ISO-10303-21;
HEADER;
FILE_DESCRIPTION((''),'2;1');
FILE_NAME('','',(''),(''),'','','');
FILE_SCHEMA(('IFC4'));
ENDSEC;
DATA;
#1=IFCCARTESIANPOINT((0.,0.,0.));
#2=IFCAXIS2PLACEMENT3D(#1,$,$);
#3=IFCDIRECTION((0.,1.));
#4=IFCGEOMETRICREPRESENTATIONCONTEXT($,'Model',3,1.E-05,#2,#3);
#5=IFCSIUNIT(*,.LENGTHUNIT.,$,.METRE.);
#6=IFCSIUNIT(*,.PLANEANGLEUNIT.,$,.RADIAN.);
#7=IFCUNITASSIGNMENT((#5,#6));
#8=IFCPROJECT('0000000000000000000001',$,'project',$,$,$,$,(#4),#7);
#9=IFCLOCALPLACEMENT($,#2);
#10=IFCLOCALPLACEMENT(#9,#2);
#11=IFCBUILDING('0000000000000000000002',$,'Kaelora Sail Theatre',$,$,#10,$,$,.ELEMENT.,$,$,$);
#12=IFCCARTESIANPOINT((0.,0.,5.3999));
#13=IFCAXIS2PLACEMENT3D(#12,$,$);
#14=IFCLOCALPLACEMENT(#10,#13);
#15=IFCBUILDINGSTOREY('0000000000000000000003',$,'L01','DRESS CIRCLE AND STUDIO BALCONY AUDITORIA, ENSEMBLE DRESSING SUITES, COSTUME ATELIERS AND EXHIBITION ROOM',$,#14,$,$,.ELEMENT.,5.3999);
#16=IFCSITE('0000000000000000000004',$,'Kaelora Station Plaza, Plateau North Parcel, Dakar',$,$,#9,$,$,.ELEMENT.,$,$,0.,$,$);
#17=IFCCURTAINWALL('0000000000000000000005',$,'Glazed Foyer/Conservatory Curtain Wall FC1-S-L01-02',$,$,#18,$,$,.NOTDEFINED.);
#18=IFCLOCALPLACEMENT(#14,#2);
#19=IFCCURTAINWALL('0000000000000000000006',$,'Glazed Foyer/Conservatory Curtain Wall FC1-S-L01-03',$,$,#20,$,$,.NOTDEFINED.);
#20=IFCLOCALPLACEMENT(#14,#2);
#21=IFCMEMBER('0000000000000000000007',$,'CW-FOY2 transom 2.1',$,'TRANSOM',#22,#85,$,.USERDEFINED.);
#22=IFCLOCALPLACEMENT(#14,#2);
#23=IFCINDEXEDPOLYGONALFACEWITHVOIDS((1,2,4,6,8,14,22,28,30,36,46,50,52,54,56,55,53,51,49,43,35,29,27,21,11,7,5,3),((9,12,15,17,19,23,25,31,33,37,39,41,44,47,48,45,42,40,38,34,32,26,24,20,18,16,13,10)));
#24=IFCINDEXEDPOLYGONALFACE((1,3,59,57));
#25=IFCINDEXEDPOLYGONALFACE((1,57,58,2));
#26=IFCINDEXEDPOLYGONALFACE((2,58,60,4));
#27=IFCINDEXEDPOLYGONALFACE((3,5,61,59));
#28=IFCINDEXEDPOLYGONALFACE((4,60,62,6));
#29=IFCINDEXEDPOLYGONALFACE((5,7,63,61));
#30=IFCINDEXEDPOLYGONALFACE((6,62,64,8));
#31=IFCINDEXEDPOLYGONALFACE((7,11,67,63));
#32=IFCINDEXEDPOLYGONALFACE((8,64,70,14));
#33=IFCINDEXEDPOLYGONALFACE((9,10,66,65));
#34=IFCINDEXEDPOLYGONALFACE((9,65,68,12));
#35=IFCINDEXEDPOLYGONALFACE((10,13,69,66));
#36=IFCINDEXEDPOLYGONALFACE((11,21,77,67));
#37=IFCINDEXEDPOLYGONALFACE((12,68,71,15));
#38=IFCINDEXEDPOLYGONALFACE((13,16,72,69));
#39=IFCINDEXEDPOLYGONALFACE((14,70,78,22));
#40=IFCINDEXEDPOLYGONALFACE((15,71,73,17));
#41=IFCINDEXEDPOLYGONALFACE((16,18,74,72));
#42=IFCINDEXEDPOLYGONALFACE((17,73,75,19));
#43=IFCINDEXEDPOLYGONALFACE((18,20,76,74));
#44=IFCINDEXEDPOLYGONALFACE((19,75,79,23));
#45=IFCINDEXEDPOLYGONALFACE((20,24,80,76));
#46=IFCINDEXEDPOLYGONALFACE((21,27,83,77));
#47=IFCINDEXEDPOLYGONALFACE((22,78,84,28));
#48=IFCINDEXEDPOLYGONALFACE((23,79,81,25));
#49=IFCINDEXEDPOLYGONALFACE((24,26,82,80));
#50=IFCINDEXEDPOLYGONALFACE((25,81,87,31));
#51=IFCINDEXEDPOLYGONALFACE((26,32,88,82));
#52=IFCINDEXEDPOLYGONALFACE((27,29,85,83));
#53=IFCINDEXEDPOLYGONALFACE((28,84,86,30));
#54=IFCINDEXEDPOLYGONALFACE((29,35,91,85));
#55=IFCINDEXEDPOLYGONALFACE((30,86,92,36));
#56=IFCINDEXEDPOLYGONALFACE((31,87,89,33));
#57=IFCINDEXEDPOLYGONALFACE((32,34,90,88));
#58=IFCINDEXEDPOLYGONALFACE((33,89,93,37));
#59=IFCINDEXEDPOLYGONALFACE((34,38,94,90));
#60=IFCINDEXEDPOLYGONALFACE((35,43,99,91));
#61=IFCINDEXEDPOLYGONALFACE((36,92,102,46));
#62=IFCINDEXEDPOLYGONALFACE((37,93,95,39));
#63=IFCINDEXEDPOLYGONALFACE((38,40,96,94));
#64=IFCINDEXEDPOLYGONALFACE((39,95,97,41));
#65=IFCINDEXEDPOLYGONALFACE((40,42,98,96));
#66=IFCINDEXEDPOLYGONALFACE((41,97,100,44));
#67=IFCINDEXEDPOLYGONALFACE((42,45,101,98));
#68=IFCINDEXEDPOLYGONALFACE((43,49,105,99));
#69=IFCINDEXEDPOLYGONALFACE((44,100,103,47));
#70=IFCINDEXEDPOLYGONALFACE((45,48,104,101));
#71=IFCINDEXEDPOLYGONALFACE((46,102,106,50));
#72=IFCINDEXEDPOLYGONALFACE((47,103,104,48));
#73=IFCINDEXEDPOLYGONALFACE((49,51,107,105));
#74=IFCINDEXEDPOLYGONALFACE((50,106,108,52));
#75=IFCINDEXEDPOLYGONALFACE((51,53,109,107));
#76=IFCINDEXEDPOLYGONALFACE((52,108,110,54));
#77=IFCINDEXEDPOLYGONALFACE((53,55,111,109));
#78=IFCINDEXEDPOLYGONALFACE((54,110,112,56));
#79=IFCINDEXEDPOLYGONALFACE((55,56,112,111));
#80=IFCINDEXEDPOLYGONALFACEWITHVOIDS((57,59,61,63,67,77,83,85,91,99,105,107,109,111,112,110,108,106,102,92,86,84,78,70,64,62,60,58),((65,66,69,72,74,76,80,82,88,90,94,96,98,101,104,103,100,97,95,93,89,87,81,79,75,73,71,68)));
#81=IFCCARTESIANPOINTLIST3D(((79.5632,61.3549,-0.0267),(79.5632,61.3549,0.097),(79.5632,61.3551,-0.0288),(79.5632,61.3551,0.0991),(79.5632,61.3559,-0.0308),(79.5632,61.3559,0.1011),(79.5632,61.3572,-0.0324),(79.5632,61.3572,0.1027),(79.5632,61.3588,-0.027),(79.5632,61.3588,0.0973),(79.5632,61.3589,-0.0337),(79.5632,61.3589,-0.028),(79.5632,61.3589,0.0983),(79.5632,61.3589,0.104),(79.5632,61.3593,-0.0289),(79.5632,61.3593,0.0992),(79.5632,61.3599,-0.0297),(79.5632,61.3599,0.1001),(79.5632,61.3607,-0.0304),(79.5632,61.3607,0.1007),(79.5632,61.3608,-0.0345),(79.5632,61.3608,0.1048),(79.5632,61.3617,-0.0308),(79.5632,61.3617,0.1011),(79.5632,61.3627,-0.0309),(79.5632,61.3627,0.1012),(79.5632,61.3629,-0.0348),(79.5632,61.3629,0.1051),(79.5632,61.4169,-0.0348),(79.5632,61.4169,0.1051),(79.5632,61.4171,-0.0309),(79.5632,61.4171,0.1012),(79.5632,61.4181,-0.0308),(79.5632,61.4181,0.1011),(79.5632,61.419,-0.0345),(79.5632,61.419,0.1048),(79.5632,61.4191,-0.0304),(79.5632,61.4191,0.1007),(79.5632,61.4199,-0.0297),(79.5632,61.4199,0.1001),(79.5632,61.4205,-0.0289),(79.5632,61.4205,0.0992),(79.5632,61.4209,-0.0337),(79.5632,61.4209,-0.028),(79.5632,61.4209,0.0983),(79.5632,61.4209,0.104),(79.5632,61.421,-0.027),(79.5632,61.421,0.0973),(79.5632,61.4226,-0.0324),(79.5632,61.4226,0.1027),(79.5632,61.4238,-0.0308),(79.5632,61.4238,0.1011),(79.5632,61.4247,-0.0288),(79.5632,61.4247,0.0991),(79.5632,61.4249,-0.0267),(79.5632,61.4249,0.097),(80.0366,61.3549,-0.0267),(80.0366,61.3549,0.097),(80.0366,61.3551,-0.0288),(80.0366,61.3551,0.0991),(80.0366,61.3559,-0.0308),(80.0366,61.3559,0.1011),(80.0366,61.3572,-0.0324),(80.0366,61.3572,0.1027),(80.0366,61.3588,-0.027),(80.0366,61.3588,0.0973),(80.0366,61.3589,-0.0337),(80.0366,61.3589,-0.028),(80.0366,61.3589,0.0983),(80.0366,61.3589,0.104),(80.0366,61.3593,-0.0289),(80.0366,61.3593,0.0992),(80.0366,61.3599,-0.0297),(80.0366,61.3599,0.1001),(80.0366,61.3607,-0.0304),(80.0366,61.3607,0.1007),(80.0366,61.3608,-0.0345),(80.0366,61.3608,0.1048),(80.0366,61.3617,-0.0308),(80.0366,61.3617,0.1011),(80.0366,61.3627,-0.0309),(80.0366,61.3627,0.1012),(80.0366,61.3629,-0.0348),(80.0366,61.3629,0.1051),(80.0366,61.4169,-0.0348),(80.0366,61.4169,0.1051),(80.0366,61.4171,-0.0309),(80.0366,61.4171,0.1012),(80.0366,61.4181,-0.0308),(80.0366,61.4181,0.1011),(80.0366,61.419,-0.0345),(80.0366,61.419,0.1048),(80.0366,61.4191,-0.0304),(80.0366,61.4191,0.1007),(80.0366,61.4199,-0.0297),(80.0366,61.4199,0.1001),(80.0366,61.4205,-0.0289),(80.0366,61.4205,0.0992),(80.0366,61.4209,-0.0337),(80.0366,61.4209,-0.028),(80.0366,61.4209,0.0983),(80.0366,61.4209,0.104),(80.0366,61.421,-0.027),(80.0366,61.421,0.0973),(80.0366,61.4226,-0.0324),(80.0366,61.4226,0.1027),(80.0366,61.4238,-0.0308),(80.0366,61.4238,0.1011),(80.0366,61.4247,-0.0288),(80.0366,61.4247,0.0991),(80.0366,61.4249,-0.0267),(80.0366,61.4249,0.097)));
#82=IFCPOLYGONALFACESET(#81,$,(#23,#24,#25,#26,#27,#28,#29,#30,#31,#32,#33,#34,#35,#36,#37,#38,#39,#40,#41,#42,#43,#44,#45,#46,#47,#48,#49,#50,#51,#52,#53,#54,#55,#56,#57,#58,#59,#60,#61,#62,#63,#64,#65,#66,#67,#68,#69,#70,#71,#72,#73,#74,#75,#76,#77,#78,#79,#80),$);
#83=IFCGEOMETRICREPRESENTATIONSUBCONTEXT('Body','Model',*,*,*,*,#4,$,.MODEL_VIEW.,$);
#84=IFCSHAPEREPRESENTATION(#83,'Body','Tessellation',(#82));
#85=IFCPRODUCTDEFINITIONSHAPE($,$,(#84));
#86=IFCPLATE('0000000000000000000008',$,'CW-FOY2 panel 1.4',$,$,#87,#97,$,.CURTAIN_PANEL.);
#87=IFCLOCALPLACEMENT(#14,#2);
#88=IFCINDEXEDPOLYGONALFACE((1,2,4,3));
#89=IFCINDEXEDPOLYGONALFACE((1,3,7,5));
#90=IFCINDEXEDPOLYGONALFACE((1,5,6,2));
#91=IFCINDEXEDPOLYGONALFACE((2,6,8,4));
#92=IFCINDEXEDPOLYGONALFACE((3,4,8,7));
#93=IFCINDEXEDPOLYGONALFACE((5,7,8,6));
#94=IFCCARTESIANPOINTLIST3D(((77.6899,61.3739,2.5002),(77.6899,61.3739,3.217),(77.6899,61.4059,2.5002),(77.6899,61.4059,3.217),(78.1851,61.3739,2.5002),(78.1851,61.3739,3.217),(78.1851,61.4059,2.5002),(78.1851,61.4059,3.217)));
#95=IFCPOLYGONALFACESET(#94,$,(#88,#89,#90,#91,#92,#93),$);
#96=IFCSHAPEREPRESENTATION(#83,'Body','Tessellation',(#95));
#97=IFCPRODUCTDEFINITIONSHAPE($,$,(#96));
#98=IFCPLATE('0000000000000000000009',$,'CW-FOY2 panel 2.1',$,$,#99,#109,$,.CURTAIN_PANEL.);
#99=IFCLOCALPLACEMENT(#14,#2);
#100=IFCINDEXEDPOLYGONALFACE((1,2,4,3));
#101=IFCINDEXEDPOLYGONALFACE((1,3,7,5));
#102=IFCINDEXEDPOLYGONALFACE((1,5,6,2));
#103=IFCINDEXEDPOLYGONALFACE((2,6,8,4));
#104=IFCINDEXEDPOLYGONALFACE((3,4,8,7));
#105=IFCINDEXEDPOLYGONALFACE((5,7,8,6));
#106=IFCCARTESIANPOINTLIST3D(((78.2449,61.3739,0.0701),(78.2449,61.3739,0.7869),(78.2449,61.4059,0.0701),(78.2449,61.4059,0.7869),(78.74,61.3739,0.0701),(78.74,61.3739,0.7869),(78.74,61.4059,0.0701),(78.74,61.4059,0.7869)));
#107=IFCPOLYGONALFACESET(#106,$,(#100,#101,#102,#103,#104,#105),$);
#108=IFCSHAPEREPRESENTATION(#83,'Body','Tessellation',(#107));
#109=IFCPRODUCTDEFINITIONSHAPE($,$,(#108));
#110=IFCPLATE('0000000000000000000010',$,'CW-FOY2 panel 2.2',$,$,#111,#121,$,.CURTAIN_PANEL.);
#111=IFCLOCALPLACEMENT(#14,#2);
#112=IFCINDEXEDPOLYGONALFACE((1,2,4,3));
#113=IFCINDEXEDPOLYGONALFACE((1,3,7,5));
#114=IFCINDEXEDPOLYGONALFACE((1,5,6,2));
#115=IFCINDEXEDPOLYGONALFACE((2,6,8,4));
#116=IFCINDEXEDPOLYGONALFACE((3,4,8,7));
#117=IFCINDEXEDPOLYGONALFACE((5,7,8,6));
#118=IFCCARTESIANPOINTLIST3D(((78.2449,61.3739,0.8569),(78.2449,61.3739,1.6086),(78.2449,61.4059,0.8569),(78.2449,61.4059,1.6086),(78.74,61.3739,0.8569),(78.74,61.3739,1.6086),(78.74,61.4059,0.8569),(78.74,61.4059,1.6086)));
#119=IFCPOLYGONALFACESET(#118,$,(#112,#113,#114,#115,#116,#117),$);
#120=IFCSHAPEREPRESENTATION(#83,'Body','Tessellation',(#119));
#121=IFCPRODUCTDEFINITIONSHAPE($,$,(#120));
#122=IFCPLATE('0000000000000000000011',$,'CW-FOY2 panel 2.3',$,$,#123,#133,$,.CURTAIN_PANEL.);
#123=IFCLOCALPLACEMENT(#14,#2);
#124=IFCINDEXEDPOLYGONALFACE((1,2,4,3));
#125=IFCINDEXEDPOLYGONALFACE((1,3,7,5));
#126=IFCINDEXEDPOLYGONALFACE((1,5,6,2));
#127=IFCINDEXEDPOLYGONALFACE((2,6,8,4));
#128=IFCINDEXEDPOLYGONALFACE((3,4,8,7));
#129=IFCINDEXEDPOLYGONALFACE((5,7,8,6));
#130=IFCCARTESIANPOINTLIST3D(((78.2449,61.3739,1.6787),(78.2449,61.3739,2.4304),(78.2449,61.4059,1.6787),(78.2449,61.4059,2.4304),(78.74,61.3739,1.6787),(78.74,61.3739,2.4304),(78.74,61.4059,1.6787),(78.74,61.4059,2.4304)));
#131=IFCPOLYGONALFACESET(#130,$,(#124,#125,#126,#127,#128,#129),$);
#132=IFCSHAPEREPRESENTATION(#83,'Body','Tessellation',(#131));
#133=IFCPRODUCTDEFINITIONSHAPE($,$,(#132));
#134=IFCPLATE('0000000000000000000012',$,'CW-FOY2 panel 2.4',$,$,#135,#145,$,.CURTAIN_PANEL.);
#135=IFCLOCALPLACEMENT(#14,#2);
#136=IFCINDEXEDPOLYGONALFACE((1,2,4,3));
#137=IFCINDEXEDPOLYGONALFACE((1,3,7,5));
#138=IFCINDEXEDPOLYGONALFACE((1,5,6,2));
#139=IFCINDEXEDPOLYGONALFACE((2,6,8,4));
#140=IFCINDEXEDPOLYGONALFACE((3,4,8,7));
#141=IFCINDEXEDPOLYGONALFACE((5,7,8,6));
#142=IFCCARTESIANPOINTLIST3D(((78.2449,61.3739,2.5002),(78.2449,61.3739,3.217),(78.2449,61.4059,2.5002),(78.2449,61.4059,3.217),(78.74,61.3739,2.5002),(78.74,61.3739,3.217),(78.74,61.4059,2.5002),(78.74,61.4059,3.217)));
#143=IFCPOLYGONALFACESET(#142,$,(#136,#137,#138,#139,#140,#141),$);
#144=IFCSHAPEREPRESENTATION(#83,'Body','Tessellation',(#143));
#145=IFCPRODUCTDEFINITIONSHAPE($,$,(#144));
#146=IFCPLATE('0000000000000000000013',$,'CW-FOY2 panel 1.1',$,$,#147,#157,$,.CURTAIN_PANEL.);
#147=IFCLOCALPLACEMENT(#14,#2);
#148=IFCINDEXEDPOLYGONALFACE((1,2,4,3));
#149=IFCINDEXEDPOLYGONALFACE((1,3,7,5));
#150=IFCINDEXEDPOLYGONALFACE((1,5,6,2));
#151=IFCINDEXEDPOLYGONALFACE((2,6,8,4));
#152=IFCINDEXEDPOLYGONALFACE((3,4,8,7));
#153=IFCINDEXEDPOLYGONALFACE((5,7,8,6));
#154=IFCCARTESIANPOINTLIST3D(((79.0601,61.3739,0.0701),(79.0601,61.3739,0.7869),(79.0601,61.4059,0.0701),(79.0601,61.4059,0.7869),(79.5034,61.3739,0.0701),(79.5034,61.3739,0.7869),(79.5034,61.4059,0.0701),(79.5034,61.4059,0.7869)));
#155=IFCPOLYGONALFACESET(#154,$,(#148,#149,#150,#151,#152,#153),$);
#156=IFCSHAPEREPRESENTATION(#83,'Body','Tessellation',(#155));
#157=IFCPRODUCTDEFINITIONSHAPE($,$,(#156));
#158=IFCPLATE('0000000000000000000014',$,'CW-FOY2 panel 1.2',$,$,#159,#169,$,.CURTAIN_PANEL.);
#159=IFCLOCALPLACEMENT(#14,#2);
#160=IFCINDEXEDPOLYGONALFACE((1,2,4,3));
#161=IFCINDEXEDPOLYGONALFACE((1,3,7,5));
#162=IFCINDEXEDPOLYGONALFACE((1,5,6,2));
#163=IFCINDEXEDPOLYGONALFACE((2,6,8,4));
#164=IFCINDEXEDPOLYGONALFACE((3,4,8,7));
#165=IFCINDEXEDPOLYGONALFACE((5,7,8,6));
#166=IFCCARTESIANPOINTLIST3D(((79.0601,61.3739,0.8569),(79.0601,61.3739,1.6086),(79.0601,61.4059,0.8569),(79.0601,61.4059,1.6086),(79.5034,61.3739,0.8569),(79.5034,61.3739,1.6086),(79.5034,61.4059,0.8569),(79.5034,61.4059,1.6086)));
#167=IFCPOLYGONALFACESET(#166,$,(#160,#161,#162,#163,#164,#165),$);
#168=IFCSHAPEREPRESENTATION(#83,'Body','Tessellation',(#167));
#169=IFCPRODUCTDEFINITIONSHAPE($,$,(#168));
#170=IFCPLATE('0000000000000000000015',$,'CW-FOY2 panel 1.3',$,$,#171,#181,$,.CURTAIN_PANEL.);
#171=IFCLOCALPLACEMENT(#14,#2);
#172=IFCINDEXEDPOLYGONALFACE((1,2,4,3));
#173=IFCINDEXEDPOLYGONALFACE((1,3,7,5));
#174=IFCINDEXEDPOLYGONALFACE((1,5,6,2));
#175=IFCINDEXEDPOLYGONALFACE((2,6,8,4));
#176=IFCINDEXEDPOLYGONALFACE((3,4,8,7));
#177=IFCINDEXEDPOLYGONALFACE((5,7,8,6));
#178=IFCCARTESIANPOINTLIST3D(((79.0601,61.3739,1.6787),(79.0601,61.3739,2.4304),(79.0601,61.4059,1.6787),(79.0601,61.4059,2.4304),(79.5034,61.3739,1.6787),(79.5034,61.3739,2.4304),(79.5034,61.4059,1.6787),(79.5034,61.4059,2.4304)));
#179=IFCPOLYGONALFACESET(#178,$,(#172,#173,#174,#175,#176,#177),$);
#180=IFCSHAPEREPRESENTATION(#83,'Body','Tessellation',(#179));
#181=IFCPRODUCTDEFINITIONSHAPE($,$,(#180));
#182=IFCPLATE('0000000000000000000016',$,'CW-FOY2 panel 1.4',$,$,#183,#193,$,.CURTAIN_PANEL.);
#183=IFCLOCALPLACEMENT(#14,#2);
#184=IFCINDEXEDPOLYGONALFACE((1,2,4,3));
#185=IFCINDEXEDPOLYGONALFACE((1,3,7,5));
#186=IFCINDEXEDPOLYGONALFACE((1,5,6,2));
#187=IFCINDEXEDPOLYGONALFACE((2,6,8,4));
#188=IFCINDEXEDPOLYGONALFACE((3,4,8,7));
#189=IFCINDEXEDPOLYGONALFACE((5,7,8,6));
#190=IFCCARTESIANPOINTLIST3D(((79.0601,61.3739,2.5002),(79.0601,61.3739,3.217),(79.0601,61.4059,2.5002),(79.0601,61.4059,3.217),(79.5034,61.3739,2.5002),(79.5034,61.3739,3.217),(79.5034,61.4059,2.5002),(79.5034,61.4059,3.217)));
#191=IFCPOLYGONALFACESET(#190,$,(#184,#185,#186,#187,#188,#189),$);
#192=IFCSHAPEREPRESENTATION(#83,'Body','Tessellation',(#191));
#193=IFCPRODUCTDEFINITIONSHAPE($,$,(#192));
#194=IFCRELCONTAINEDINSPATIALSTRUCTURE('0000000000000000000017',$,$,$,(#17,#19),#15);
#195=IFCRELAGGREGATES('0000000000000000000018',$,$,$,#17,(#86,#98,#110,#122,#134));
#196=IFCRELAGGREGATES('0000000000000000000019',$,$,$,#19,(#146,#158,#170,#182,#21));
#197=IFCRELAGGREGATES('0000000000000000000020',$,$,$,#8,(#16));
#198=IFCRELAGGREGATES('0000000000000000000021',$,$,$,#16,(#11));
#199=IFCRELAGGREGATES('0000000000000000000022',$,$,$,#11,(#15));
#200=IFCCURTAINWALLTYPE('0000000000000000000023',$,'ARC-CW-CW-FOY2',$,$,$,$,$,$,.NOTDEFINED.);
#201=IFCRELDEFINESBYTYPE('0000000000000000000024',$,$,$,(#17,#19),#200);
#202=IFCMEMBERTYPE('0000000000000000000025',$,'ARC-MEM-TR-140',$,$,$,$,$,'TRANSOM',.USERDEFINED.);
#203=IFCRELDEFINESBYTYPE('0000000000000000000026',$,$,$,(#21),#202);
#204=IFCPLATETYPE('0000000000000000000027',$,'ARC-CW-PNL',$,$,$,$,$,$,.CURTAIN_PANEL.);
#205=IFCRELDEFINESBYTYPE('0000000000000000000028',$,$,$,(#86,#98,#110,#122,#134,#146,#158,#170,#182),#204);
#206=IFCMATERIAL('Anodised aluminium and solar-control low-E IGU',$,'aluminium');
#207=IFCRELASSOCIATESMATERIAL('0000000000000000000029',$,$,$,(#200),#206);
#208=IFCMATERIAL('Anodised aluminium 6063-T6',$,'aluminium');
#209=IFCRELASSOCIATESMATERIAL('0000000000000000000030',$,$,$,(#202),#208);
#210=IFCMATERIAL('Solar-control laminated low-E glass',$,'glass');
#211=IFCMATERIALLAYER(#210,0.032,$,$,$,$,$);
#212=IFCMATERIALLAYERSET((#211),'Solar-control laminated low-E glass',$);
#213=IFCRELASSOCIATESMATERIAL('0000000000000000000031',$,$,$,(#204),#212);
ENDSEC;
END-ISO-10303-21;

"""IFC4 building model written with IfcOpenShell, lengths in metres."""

from ifc_helpers import new_model, si_unit, direction, frame, origin, origin_2d, place, context, subcontext, project, spatial, rectangle, hollow_rectangle, extrude, material, layer, layer_set, material_profile, profile_set, type_object, element, aggregate, save


model = new_model("IFC4")

# Units and contexts
model_context = context("Model", 3, precision=1e-05, world=origin(), true_north=direction((0.0, 1.0)))
body_context = subcontext(model_context, "Body", "Model", "MODEL_VIEW")
ifc_project = project(units=[si_unit("LENGTHUNIT", "METRE"), si_unit("PLANEANGLEUNIT", "RADIAN")], contexts=[model_context])

# Site, building, storey
site_placement = place(None, origin())
site = spatial("IfcSite", under=ifc_project, at=site_placement, Name="Kaelora Station Plaza, Plateau North Parcel, Dakar", CompositionType="ELEMENT", RefElevation=0.0)
building_placement = place(site_placement, origin())
building = spatial("IfcBuilding", under=site, at=building_placement, Name="Kaelora Sail Theatre", CompositionType="ELEMENT")
storey_placement = place(building_placement, frame((0.0, 0.0, 5.3999)))
storey = spatial("IfcBuildingStorey", under=building, at=storey_placement, Name="L01", Description="DRESS CIRCLE AND STUDIO BALCONY AUDITORIA, ENSEMBLE DRESSING SUITES, COSTUME ATELIERS AND EXHIBITION ROOM", CompositionType="ELEMENT", Elevation=5.3999)

# Curtain walls
ifc_material_1 = material(Name="Anodised aluminium and solar-control low-E IGU", Category="aluminium")
curtain_wall_type = type_object("IfcCurtainWallType", Name="ARC-CW-CW-FOY2", PredefinedType="NOTDEFINED", material=ifc_material_1)
curtain_wall_1_placement = place(storey_placement, origin())
curtain_wall_1 = element("IfcCurtainWall", 1, at=curtain_wall_1_placement, inside=storey, type_object=curtain_wall_type, Name="Glazed Foyer/Conservatory Curtain Wall FC1-S-L01-02", PredefinedType="NOTDEFINED")
curtain_wall_2_placement = place(storey_placement, origin())
curtain_wall_2 = element("IfcCurtainWall", 2, at=curtain_wall_2_placement, inside=storey, type_object=curtain_wall_type, Name="Glazed Foyer/Conservatory Curtain Wall FC1-S-L01-03", PredefinedType="NOTDEFINED")

# Member
ifc_material_2 = material(Name="Anodised aluminium 6063-T6", Category="aluminium")
ifc_material_profile_1 = material_profile(ifc_material_2, hollow_rectangle(XDim=0.0701, YDim=0.1399, WallThickness=0.0039, InnerFilletRadius=0.0039, OuterFilletRadius=0.0081, at=origin_2d()), Name="ALU-TRAN 70x140x4")
ifc_profile_set_1 = profile_set([ifc_material_profile_1], Name="Anodised aluminium 6063-T6")
member_type_1 = type_object("IfcMemberType", Name="ARC-MEM-TR-140", ElementType="TRANSOM", PredefinedType="USERDEFINED", material=ifc_profile_set_1)
member_1_placement = place(storey_placement, frame((79.5632, 61.3899, 0.0352), z_axis=(1.0, 0.0, 0.0), x_axis=(0.0, 1.0, 0.0)))
member_1 = element("IfcMember", 3, at=member_1_placement, type_object=member_type_1, Name="CW-FOY2 transom 2.1", ObjectType="TRANSOM", PredefinedType="USERDEFINED", context=body_context, shape_type="SweptSolid", body=[
    extrude(hollow_rectangle(XDim=0.0701, YDim=0.1399, WallThickness=0.0039, InnerFilletRadius=0.0039, OuterFilletRadius=0.0081, at=origin_2d()), origin(), (0.0, 0.0, 1.0), 0.4734),
])

# Plates
ifc_material_3 = material(Name="Solar-control laminated low-E glass", Category="glass")
ifc_layer_1 = layer(ifc_material_3, 0.032)
ifc_layer_set_1 = layer_set([ifc_layer_1], Name="Solar-control laminated low-E glass")
plate_type = type_object("IfcPlateType", Name="ARC-CW-PNL", PredefinedType="CURTAIN_PANEL", material=ifc_layer_set_1)
plate_1_placement = place(storey_placement, frame((77.9375, 61.3899, 2.5002), z_axis=(0.0, 0.0, 1.0), x_axis=(1.0, 0.0, 0.0)))
plate_1 = element("IfcPlate", 4, at=plate_1_placement, type_object=plate_type, Name="CW-FOY2 panel 1.4", PredefinedType="CURTAIN_PANEL", context=body_context, shape_type="SweptSolid", body=[
    extrude(rectangle(XDim=0.4951, YDim=0.032, at=origin_2d()), origin(), (0.0, 0.0, 1.0), 0.7168),
])
plate_2_placement = place(storey_placement, frame((78.4924, 61.3899, 0.0701), z_axis=(0.0, 0.0, 1.0), x_axis=(1.0, 0.0, 0.0)))
plate_2 = element("IfcPlate", 5, at=plate_2_placement, type_object=plate_type, Name="CW-FOY2 panel 2.1", PredefinedType="CURTAIN_PANEL", context=body_context, shape_type="SweptSolid", body=[
    extrude(rectangle(XDim=0.4951, YDim=0.032, at=origin_2d()), origin(), (0.0, 0.0, 1.0), 0.7168),
])
plate_3_placement = place(storey_placement, frame((78.4924, 61.3899, 0.8569), z_axis=(0.0, 0.0, 1.0), x_axis=(1.0, 0.0, 0.0)))
plate_3 = element("IfcPlate", 6, at=plate_3_placement, type_object=plate_type, Name="CW-FOY2 panel 2.2", PredefinedType="CURTAIN_PANEL", context=body_context, shape_type="SweptSolid", body=[
    extrude(rectangle(XDim=0.4951, YDim=0.032, at=origin_2d()), origin(), (0.0, 0.0, 1.0), 0.7517),
])
plate_4_placement = place(storey_placement, frame((78.4924, 61.3899, 1.6787), z_axis=(0.0, 0.0, 1.0), x_axis=(1.0, 0.0, 0.0)))
plate_4 = element("IfcPlate", 7, at=plate_4_placement, type_object=plate_type, Name="CW-FOY2 panel 2.3", PredefinedType="CURTAIN_PANEL", context=body_context, shape_type="SweptSolid", body=[
    extrude(rectangle(XDim=0.4951, YDim=0.032, at=origin_2d()), origin(), (0.0, 0.0, 1.0), 0.7517),
])
plate_5_placement = place(storey_placement, frame((78.4924, 61.3899, 2.5002), z_axis=(0.0, 0.0, 1.0), x_axis=(1.0, 0.0, 0.0)))
plate_5 = element("IfcPlate", 8, at=plate_5_placement, type_object=plate_type, Name="CW-FOY2 panel 2.4", PredefinedType="CURTAIN_PANEL", context=body_context, shape_type="SweptSolid", body=[
    extrude(rectangle(XDim=0.4951, YDim=0.032, at=origin_2d()), origin(), (0.0, 0.0, 1.0), 0.7168),
])
aggregate(curtain_wall_1, [plate_1, plate_2, plate_3, plate_4, plate_5])
plate_6_placement = place(storey_placement, frame((79.2817, 61.3899, 0.0701), z_axis=(0.0, 0.0, 1.0), x_axis=(1.0, 0.0, 0.0)))
plate_6 = element("IfcPlate", 9, at=plate_6_placement, type_object=plate_type, Name="CW-FOY2 panel 1.1", PredefinedType="CURTAIN_PANEL", context=body_context, shape_type="SweptSolid", body=[
    extrude(rectangle(XDim=0.4434, YDim=0.032, at=origin_2d()), origin(), (0.0, 0.0, 1.0), 0.7168),
])
plate_7_placement = place(storey_placement, frame((79.2817, 61.3899, 0.8569), z_axis=(0.0, 0.0, 1.0), x_axis=(1.0, 0.0, 0.0)))
plate_7 = element("IfcPlate", 10, at=plate_7_placement, type_object=plate_type, Name="CW-FOY2 panel 1.2", PredefinedType="CURTAIN_PANEL", context=body_context, shape_type="SweptSolid", body=[
    extrude(rectangle(XDim=0.4434, YDim=0.032, at=origin_2d()), origin(), (0.0, 0.0, 1.0), 0.7517),
])
plate_8_placement = place(storey_placement, frame((79.2817, 61.3899, 1.6787), z_axis=(0.0, 0.0, 1.0), x_axis=(1.0, 0.0, 0.0)))
plate_8 = element("IfcPlate", 11, at=plate_8_placement, type_object=plate_type, Name="CW-FOY2 panel 1.3", PredefinedType="CURTAIN_PANEL", context=body_context, shape_type="SweptSolid", body=[
    extrude(rectangle(XDim=0.4434, YDim=0.032, at=origin_2d()), origin(), (0.0, 0.0, 1.0), 0.7517),
])
plate_9_placement = place(storey_placement, frame((79.2817, 61.3899, 2.5002), z_axis=(0.0, 0.0, 1.0), x_axis=(1.0, 0.0, 0.0)))
plate_9 = element("IfcPlate", 12, at=plate_9_placement, type_object=plate_type, Name="CW-FOY2 panel 1.4", PredefinedType="CURTAIN_PANEL", context=body_context, shape_type="SweptSolid", body=[
    extrude(rectangle(XDim=0.4434, YDim=0.032, at=origin_2d()), origin(), (0.0, 0.0, 1.0), 0.7168),
])
aggregate(curtain_wall_2, [plate_6, plate_7, plate_8, plate_9, member_1])

save(model, "model.ifc")
